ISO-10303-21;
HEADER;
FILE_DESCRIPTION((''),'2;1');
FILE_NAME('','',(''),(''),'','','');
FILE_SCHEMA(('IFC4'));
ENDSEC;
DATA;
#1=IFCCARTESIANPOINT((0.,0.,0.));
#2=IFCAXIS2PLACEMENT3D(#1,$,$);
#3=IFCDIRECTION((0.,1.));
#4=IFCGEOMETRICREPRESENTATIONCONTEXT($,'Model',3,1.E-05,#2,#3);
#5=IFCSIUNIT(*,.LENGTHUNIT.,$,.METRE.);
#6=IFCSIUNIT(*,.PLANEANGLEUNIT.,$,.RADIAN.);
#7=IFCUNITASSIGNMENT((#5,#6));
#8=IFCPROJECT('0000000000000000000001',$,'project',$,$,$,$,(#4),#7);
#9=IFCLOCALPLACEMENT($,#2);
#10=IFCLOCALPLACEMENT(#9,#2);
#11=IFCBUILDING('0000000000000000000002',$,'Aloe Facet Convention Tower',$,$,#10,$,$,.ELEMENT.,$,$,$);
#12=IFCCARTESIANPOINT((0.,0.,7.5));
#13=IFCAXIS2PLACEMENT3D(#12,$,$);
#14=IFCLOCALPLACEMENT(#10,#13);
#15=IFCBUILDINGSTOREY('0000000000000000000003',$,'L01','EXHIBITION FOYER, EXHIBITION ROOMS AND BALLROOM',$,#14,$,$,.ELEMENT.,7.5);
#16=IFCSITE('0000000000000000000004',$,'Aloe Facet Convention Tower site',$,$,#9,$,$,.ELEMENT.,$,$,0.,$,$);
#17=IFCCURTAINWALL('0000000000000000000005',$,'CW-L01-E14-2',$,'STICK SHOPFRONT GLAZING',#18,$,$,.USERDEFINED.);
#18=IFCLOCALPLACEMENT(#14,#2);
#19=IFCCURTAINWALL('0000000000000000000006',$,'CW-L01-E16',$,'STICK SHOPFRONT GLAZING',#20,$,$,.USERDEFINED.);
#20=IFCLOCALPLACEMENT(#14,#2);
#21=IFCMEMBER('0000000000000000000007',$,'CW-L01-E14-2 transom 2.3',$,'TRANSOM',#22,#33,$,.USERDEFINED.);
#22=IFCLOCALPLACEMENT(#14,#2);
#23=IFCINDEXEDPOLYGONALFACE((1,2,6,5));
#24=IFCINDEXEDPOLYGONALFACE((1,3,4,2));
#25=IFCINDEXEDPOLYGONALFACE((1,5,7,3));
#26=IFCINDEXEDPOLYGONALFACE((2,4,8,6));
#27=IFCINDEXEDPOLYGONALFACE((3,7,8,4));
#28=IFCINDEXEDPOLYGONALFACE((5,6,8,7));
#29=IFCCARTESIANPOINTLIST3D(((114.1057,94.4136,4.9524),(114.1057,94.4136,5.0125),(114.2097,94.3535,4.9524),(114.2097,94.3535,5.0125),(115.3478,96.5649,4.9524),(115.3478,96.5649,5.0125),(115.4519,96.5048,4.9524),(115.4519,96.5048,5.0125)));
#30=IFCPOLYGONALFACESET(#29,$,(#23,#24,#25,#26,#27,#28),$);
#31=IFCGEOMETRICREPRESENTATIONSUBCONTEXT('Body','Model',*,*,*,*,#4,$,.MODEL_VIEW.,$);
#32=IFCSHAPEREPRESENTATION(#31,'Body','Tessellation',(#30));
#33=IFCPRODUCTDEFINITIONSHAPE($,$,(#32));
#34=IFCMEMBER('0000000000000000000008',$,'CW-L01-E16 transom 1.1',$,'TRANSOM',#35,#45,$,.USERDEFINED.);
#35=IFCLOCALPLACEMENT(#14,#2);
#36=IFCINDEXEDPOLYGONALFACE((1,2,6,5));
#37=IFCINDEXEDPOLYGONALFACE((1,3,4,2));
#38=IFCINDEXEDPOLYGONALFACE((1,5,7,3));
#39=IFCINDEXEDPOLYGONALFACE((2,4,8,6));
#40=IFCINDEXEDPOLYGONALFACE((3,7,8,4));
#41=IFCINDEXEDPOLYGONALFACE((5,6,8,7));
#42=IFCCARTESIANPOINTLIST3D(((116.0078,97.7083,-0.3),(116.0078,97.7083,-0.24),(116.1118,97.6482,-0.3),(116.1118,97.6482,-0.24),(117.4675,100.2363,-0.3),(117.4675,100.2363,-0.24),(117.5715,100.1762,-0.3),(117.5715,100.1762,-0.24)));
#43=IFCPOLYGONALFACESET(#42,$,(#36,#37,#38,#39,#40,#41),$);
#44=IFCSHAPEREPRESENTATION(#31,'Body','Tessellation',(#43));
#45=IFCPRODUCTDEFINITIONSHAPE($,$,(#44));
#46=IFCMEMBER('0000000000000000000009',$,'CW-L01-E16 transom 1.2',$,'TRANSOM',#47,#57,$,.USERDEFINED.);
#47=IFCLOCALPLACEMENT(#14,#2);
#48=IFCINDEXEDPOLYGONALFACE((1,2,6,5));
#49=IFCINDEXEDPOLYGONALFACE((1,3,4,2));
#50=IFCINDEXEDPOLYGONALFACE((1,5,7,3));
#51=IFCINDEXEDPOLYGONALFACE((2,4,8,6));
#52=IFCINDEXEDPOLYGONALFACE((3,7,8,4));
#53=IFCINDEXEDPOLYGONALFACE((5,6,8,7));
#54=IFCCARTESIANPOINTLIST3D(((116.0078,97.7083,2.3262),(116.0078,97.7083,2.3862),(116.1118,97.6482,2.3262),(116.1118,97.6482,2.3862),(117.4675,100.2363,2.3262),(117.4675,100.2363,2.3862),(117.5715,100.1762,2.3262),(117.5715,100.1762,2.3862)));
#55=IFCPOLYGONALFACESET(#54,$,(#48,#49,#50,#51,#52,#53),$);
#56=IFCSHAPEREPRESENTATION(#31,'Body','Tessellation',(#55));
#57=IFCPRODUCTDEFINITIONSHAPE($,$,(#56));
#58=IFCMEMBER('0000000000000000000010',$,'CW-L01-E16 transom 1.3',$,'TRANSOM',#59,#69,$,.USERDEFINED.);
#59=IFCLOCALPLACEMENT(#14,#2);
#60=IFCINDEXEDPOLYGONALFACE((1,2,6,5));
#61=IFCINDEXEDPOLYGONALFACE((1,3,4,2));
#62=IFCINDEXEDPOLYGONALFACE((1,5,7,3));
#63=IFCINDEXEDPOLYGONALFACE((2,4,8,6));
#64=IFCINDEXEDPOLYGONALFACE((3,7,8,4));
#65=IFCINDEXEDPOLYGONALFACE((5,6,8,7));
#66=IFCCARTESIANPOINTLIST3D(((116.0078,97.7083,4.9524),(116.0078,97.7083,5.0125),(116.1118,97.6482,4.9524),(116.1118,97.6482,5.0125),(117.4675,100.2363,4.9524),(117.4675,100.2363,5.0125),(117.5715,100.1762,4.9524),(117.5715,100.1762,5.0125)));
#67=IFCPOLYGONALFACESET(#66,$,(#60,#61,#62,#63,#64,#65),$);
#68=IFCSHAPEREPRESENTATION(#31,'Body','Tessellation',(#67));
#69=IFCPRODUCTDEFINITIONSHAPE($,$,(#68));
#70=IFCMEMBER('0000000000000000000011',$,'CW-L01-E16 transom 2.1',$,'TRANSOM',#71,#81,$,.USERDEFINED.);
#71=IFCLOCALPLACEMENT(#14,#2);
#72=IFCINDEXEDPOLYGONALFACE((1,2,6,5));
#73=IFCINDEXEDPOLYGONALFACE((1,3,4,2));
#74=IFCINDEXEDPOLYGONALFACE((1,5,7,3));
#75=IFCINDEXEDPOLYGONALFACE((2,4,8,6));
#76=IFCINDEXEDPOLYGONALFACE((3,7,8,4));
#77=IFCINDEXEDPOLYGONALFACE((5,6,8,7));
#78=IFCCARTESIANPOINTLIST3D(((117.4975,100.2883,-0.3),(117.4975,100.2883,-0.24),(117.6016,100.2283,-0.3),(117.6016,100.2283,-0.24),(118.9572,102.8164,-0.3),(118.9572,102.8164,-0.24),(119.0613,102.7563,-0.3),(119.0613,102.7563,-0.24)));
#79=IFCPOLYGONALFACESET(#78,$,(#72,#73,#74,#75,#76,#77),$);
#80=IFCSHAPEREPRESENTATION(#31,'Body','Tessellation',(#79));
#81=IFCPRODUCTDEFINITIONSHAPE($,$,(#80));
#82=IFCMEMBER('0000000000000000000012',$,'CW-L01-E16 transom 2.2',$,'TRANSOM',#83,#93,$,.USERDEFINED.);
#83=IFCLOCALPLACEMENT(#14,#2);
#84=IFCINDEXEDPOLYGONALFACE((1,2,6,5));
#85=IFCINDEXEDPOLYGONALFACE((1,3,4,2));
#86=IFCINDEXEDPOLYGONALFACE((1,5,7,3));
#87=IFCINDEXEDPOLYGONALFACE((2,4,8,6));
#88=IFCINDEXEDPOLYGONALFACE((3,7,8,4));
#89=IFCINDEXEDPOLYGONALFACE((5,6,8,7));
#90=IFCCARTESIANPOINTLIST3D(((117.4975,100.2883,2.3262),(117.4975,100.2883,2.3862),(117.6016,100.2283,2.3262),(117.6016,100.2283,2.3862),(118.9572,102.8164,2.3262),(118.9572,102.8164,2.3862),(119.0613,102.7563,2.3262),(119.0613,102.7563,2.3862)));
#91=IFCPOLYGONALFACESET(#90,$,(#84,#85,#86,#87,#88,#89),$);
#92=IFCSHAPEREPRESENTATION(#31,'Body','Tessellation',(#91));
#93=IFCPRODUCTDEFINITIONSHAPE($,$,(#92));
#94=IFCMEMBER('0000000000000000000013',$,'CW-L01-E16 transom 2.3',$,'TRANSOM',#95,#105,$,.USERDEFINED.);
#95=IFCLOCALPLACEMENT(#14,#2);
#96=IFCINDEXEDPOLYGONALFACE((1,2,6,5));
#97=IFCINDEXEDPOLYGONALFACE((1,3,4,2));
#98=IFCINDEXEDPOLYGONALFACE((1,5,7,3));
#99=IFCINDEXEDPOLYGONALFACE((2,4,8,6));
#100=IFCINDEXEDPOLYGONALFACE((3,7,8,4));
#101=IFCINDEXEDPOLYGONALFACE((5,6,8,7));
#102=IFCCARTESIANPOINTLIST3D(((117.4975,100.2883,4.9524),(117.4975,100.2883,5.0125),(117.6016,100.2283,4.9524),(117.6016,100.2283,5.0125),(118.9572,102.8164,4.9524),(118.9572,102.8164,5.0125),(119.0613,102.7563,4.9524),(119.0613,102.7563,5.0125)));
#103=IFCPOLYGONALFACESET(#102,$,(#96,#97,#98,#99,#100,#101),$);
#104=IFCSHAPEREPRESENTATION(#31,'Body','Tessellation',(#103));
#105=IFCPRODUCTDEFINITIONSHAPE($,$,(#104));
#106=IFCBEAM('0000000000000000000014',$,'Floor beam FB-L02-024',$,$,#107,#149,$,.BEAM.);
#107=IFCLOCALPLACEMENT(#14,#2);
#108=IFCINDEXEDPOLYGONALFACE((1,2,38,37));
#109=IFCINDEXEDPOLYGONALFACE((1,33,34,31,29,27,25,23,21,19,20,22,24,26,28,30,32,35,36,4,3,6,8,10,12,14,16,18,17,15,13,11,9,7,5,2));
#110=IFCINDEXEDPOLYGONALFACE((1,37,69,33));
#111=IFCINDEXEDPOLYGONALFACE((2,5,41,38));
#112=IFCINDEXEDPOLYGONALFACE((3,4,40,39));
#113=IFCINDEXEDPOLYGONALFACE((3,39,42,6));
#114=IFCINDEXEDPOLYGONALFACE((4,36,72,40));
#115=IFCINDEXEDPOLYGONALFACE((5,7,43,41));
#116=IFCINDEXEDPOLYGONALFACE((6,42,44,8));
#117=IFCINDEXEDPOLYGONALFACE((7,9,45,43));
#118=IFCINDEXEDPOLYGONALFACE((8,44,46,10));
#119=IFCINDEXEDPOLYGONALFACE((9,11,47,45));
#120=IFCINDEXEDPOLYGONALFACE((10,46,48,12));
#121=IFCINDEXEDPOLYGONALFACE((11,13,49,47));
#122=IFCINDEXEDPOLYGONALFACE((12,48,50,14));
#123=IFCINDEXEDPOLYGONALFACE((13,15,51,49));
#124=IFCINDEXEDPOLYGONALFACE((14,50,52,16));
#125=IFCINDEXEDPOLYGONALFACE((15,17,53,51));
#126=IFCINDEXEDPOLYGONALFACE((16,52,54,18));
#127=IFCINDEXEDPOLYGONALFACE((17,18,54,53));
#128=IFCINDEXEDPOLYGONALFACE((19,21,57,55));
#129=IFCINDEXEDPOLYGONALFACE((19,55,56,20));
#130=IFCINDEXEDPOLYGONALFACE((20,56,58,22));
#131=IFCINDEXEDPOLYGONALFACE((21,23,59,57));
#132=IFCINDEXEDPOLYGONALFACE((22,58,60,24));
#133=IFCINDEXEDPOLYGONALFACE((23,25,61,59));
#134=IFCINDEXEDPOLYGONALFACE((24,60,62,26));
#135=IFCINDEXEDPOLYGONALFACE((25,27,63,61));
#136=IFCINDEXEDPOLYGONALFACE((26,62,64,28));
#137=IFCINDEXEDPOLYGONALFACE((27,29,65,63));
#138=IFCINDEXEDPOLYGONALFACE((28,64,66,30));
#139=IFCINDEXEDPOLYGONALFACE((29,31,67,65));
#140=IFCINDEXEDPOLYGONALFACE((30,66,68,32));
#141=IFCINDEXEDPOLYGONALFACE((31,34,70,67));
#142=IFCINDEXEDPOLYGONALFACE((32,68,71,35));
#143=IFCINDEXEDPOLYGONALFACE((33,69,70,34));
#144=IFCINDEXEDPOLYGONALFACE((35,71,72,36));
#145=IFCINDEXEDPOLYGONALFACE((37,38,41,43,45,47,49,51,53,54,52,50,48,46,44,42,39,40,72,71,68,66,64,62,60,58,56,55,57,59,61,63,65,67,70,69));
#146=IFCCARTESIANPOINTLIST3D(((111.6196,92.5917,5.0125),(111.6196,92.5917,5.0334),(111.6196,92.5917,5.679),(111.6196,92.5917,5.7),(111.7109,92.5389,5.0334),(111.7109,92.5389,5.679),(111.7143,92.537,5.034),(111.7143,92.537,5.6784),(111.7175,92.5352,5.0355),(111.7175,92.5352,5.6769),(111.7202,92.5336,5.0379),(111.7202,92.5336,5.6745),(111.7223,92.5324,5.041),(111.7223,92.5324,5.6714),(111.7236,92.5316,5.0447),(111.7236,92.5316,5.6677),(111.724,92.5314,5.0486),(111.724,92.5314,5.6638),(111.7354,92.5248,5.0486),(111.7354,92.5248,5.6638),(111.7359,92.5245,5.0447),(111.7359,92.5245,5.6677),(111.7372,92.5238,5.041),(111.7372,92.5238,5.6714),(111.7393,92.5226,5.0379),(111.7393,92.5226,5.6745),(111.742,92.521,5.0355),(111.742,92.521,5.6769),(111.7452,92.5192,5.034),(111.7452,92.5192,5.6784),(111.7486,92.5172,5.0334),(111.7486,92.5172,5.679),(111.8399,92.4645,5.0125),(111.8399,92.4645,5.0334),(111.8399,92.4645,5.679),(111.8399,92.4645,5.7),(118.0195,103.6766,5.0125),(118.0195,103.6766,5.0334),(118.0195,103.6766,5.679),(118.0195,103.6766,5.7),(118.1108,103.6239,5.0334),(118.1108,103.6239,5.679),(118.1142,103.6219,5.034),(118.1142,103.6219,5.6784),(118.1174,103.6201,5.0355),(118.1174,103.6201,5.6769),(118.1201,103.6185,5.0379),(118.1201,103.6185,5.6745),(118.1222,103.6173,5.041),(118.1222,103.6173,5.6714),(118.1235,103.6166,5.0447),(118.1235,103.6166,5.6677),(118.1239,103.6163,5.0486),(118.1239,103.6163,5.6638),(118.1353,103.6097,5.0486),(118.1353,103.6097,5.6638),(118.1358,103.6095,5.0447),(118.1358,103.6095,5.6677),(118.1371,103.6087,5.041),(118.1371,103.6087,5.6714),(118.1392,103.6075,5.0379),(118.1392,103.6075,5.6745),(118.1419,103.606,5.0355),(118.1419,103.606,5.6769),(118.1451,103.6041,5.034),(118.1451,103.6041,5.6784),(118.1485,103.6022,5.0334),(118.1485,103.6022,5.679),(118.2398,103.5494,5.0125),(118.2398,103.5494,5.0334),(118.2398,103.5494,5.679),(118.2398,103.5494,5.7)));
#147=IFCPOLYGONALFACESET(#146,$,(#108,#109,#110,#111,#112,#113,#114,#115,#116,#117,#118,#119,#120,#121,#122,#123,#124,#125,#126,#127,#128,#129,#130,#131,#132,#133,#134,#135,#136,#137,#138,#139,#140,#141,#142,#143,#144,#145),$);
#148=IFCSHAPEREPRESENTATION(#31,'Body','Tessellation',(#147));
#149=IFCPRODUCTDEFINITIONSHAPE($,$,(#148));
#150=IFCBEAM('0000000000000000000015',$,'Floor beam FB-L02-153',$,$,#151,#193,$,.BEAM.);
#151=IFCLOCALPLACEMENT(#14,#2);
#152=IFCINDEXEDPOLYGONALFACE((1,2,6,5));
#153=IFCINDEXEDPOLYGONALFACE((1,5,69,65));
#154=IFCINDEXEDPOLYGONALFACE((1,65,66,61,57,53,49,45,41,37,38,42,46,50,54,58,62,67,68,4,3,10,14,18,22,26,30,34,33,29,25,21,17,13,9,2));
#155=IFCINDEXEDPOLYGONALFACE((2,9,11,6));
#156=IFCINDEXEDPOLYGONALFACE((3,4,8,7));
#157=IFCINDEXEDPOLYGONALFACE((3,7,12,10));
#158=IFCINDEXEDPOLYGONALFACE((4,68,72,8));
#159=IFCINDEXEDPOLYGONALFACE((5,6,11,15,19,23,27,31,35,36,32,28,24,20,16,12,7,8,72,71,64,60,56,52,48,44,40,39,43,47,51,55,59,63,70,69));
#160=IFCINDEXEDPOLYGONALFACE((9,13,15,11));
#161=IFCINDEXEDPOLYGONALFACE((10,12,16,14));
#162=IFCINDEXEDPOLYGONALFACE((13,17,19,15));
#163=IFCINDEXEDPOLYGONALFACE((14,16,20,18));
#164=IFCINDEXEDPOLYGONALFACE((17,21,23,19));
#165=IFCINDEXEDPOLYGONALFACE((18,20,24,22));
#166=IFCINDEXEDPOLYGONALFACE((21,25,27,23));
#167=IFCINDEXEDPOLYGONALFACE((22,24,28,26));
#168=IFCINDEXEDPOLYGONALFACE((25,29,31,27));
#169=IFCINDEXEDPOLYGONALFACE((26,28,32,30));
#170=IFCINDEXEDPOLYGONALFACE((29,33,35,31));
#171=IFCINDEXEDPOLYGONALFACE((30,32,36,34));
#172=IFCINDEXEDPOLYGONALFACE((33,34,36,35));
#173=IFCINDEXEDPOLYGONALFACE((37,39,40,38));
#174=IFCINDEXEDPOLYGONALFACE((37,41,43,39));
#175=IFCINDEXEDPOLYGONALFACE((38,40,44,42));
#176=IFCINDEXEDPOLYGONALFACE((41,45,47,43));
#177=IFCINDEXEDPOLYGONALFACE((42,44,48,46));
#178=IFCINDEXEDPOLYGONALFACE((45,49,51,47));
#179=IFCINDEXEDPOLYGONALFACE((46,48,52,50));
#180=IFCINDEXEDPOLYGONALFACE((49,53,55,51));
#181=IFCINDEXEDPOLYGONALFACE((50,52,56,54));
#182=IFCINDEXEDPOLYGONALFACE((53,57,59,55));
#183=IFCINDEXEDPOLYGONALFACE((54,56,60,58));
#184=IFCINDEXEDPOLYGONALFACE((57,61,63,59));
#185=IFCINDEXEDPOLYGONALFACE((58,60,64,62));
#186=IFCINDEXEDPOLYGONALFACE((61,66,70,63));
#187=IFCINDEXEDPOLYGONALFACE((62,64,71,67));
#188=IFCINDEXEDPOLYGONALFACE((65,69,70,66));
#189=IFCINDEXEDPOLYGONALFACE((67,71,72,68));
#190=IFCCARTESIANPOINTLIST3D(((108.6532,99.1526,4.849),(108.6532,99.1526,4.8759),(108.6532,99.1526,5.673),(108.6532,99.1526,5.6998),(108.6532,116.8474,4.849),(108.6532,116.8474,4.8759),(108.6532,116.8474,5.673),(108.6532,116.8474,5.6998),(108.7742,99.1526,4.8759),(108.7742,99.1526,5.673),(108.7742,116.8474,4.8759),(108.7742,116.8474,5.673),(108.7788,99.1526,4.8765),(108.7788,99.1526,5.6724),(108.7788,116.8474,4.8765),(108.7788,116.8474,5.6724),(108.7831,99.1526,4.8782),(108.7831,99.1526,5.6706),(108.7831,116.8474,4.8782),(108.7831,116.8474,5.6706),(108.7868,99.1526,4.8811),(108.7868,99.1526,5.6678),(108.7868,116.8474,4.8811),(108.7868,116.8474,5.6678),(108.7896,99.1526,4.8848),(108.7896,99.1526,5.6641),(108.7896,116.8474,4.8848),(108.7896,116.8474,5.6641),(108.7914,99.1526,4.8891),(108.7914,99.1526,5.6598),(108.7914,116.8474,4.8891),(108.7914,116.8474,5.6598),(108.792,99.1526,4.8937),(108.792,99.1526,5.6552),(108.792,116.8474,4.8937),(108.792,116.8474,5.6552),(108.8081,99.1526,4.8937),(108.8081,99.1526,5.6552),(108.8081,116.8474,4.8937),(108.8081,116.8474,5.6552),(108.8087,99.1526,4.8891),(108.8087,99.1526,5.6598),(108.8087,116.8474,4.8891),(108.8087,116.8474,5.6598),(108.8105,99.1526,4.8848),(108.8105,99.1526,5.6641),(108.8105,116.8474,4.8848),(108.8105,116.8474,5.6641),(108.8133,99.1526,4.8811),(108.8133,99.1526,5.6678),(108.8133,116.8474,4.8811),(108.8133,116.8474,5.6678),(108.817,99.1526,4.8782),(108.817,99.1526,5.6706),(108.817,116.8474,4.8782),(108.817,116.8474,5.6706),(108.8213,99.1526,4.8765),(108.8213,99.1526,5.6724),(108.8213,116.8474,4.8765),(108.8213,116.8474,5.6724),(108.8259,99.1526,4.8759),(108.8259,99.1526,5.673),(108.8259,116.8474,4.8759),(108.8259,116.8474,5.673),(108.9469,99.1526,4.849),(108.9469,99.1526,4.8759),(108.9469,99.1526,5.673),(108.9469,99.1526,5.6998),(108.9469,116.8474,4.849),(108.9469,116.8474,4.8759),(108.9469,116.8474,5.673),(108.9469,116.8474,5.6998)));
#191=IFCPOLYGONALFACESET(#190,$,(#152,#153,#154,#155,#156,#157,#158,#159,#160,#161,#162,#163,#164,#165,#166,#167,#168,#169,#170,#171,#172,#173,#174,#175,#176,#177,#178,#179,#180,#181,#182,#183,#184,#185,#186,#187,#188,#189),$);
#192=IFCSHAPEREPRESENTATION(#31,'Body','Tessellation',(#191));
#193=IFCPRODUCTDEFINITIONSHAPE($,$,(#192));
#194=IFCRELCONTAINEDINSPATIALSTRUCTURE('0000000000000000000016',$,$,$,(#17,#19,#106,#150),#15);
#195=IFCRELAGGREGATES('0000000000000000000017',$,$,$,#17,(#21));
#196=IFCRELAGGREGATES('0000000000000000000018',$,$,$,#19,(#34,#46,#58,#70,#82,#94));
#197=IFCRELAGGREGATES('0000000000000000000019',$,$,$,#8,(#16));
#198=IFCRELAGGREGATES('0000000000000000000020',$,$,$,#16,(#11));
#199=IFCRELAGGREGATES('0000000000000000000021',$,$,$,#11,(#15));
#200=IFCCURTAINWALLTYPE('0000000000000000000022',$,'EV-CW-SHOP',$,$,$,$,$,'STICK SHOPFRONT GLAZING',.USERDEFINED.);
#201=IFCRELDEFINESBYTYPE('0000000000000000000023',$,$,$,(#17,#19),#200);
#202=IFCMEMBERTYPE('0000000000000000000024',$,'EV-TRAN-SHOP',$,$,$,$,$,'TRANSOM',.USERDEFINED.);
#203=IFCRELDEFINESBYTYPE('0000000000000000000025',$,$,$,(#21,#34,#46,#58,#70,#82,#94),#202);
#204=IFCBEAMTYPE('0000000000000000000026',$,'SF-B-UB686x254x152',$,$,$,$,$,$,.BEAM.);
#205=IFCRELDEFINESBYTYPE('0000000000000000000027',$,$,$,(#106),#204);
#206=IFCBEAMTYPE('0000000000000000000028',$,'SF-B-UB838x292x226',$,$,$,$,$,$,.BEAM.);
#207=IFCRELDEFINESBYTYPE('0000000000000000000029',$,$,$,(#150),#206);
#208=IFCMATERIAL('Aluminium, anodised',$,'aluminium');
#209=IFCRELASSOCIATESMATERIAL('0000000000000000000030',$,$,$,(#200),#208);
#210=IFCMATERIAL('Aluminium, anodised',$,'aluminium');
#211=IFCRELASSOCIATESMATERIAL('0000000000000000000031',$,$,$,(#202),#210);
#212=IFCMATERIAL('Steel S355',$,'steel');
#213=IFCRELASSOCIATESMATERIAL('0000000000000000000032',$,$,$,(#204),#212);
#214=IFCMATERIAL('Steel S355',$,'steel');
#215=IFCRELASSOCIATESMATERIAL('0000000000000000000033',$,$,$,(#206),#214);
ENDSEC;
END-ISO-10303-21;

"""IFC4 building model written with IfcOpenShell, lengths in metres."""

from ifc_helpers import new_model, si_unit, direction, frame, origin, origin_2d, place, context, subcontext, project, spatial, rectangle, i_section, extrude, material, material_profile, profile_set, type_object, element, aggregate, save


model = new_model("IFC4")

# Units and contexts
model_context = context("Model", 3, precision=1e-05, world=origin(), true_north=direction((0.0, 1.0)))
body_context = subcontext(model_context, "Body", "Model", "MODEL_VIEW")
ifc_project = project(units=[si_unit("LENGTHUNIT", "METRE"), si_unit("PLANEANGLEUNIT", "RADIAN")], contexts=[model_context])

# Site, building, storey
site_placement = place(None, origin())
site = spatial("IfcSite", under=ifc_project, at=site_placement, Name="Aloe Facet Convention Tower site", CompositionType="ELEMENT", RefElevation=0.0)
building_placement = place(site_placement, origin())
building = spatial("IfcBuilding", under=site, at=building_placement, Name="Aloe Facet Convention Tower", CompositionType="ELEMENT")
storey_placement = place(building_placement, frame((0.0, 0.0, 7.5)))
storey = spatial("IfcBuildingStorey", under=building, at=storey_placement, Name="L01", Description="EXHIBITION FOYER, EXHIBITION ROOMS AND BALLROOM", CompositionType="ELEMENT", Elevation=7.5)

# Curtain walls
ifc_material_1 = material(Name="Aluminium, anodised", Category="aluminium")
curtain_wall_type = type_object("IfcCurtainWallType", Name="EV-CW-SHOP", ElementType="STICK SHOPFRONT GLAZING", PredefinedType="USERDEFINED", material=ifc_material_1)
curtain_wall_1_placement = place(storey_placement, origin())
curtain_wall_1 = element("IfcCurtainWall", 1, at=curtain_wall_1_placement, inside=storey, type_object=curtain_wall_type, Name="CW-L01-E14-2", ObjectType="STICK SHOPFRONT GLAZING", PredefinedType="USERDEFINED")
curtain_wall_2_placement = place(storey_placement, origin())
curtain_wall_2 = element("IfcCurtainWall", 2, at=curtain_wall_2_placement, inside=storey, type_object=curtain_wall_type, Name="CW-L01-E16", ObjectType="STICK SHOPFRONT GLAZING", PredefinedType="USERDEFINED")

# Members
ifc_material_2 = material(Name="Aluminium, anodised", Category="aluminium")
ifc_material_profile_1 = material_profile(ifc_material_2, rectangle(XDim=0.1201, YDim=0.0601, at=origin_2d()), Name="AL 120x60")
ifc_profile_set_1 = profile_set([ifc_material_profile_1], Name="Aluminium, anodised")
member_type_1 = type_object("IfcMemberType", Name="EV-TRAN-SHOP", ElementType="TRANSOM", PredefinedType="USERDEFINED", material=ifc_profile_set_1)
member_1_placement = place(storey_placement, frame((114.1577, 94.3835, 4.9824), z_axis=(0.500029, 0.866009, 0.0), x_axis=(-0.866009, 0.500029, 0.0)))
member_1 = element("IfcMember", 3, at=member_1_placement, type_object=member_type_1, Name="CW-L01-E14-2 transom 2.3", ObjectType="TRANSOM", PredefinedType="USERDEFINED", context=body_context, shape_type="SweptSolid", body=[
    extrude(rectangle(XDim=0.1201, YDim=0.0601, at=origin_2d()), origin(), (0.0, 0.0, 1.0), 2.4841),
])
member_2_placement = place(storey_placement, frame((116.0598, 97.6782, -0.27), z_axis=(0.500034, 0.866006, 0.0), x_axis=(-0.866006, 0.500034, 0.0)))
member_2 = element("IfcMember", 4, at=member_2_placement, type_object=member_type_1, Name="CW-L01-E16 transom 1.1", ObjectType="TRANSOM", PredefinedType="USERDEFINED", context=body_context, shape_type="SweptSolid", body=[
    extrude(rectangle(XDim=0.1201, YDim=0.0601, at=origin_2d()), origin(), (0.0, 0.0, 1.0), 2.9192),
])
member_3_placement = place(storey_placement, frame((116.0598, 97.6782, 2.3562), z_axis=(0.500034, 0.866006, 0.0), x_axis=(-0.866006, 0.500034, 0.0)))
member_3 = element("IfcMember", 5, at=member_3_placement, type_object=member_type_1, Name="CW-L01-E16 transom 1.2", ObjectType="TRANSOM", PredefinedType="USERDEFINED", context=body_context, shape_type="SweptSolid", body=[
    extrude(rectangle(XDim=0.1201, YDim=0.0601, at=origin_2d()), origin(), (0.0, 0.0, 1.0), 2.9192),
])
member_4_placement = place(storey_placement, frame((116.0598, 97.6782, 4.9824), z_axis=(0.500034, 0.866006, 0.0), x_axis=(-0.866006, 0.500034, 0.0)))
member_4 = element("IfcMember", 6, at=member_4_placement, type_object=member_type_1, Name="CW-L01-E16 transom 1.3", ObjectType="TRANSOM", PredefinedType="USERDEFINED", context=body_context, shape_type="SweptSolid", body=[
    extrude(rectangle(XDim=0.1201, YDim=0.0601, at=origin_2d()), origin(), (0.0, 0.0, 1.0), 2.9192),
])
member_5_placement = place(storey_placement, frame((117.5496, 100.2583, -0.27), z_axis=(0.500034, 0.866006, 0.0), x_axis=(-0.866006, 0.500034, 0.0)))
member_5 = element("IfcMember", 7, at=member_5_placement, type_object=member_type_1, Name="CW-L01-E16 transom 2.1", ObjectType="TRANSOM", PredefinedType="USERDEFINED", context=body_context, shape_type="SweptSolid", body=[
    extrude(rectangle(XDim=0.1201, YDim=0.0601, at=origin_2d()), origin(), (0.0, 0.0, 1.0), 2.9192),
])
member_6_placement = place(storey_placement, frame((117.5496, 100.2583, 2.3562), z_axis=(0.500034, 0.866006, 0.0), x_axis=(-0.866006, 0.500034, 0.0)))
member_6 = element("IfcMember", 8, at=member_6_placement, type_object=member_type_1, Name="CW-L01-E16 transom 2.2", ObjectType="TRANSOM", PredefinedType="USERDEFINED", context=body_context, shape_type="SweptSolid", body=[
    extrude(rectangle(XDim=0.1201, YDim=0.0601, at=origin_2d()), origin(), (0.0, 0.0, 1.0), 2.9192),
])
member_7_placement = place(storey_placement, frame((117.5496, 100.2583, 4.9824), z_axis=(0.500034, 0.866006, 0.0), x_axis=(-0.866006, 0.500034, 0.0)))
member_7 = element("IfcMember", 9, at=member_7_placement, type_object=member_type_1, Name="CW-L01-E16 transom 2.3", ObjectType="TRANSOM", PredefinedType="USERDEFINED", context=body_context, shape_type="SweptSolid", body=[
    extrude(rectangle(XDim=0.1201, YDim=0.0601, at=origin_2d()), origin(), (0.0, 0.0, 1.0), 2.9192),
])

# Beams
ifc_material_3 = material(Name="Steel S355", Category="steel")
ifc_material_profile_2 = material_profile(ifc_material_3, i_section(OverallWidth=0.2544, OverallDepth=0.6875, WebThickness=0.0132, FlangeThickness=0.021, FilletRadius=0.0151, at=origin_2d()), Name="UB 686x254x152")
ifc_profile_set_2 = profile_set([ifc_material_profile_2], Name="Steel S355")
beam_type_1 = type_object("IfcBeamType", Name="SF-B-UB686x254x152", PredefinedType="BEAM", material=ifc_profile_set_2)
beam_1_placement = place(storey_placement, frame((118.1296, 103.613, 5.3562), z_axis=(-0.5, -0.866025, 0.0), x_axis=(0.866025, -0.5, 0.0)))
element("IfcBeam", 10, at=beam_1_placement, inside=storey, type_object=beam_type_1, Name="Floor beam FB-L02-024", PredefinedType="BEAM", context=body_context, shape_type="SweptSolid", body=[
    extrude(i_section(OverallWidth=0.2544, OverallDepth=0.6875, WebThickness=0.0132, FlangeThickness=0.021, FilletRadius=0.0151, at=origin_2d()), origin(), (0.0, 0.0, 1.0), 12.7998),
])
ifc_material_4 = material(Name="Steel S355", Category="steel")
ifc_material_profile_3 = material_profile(ifc_material_4, i_section(OverallWidth=0.2937, OverallDepth=0.8508, WebThickness=0.0161, FlangeThickness=0.0269, FilletRadius=0.0178, at=origin_2d()), Name="UB 838x292x226")
ifc_profile_set_3 = profile_set([ifc_material_profile_3], Name="Steel S355")
beam_type_2 = type_object("IfcBeamType", Name="SF-B-UB838x292x226", PredefinedType="BEAM", material=ifc_profile_set_3)
beam_2_placement = place(storey_placement, frame((108.8, 99.1526, 5.2744), z_axis=(0.0, 1.0, 0.0), x_axis=(-1.0, 0.0, 0.0)))
element("IfcBeam", 11, at=beam_2_placement, inside=storey, type_object=beam_type_2, Name="Floor beam FB-L02-153", PredefinedType="BEAM", context=body_context, shape_type="SweptSolid", body=[
    extrude(i_section(OverallWidth=0.2937, OverallDepth=0.8508, WebThickness=0.0161, FlangeThickness=0.0269, FilletRadius=0.0178, at=origin_2d()), origin(), (0.0, 0.0, 1.0), 17.6948),
])

aggregate(curtain_wall_1, [member_1])
aggregate(curtain_wall_2, [member_2, member_3, member_4, member_5, member_6, member_7])

save(model, "model.ifc")
